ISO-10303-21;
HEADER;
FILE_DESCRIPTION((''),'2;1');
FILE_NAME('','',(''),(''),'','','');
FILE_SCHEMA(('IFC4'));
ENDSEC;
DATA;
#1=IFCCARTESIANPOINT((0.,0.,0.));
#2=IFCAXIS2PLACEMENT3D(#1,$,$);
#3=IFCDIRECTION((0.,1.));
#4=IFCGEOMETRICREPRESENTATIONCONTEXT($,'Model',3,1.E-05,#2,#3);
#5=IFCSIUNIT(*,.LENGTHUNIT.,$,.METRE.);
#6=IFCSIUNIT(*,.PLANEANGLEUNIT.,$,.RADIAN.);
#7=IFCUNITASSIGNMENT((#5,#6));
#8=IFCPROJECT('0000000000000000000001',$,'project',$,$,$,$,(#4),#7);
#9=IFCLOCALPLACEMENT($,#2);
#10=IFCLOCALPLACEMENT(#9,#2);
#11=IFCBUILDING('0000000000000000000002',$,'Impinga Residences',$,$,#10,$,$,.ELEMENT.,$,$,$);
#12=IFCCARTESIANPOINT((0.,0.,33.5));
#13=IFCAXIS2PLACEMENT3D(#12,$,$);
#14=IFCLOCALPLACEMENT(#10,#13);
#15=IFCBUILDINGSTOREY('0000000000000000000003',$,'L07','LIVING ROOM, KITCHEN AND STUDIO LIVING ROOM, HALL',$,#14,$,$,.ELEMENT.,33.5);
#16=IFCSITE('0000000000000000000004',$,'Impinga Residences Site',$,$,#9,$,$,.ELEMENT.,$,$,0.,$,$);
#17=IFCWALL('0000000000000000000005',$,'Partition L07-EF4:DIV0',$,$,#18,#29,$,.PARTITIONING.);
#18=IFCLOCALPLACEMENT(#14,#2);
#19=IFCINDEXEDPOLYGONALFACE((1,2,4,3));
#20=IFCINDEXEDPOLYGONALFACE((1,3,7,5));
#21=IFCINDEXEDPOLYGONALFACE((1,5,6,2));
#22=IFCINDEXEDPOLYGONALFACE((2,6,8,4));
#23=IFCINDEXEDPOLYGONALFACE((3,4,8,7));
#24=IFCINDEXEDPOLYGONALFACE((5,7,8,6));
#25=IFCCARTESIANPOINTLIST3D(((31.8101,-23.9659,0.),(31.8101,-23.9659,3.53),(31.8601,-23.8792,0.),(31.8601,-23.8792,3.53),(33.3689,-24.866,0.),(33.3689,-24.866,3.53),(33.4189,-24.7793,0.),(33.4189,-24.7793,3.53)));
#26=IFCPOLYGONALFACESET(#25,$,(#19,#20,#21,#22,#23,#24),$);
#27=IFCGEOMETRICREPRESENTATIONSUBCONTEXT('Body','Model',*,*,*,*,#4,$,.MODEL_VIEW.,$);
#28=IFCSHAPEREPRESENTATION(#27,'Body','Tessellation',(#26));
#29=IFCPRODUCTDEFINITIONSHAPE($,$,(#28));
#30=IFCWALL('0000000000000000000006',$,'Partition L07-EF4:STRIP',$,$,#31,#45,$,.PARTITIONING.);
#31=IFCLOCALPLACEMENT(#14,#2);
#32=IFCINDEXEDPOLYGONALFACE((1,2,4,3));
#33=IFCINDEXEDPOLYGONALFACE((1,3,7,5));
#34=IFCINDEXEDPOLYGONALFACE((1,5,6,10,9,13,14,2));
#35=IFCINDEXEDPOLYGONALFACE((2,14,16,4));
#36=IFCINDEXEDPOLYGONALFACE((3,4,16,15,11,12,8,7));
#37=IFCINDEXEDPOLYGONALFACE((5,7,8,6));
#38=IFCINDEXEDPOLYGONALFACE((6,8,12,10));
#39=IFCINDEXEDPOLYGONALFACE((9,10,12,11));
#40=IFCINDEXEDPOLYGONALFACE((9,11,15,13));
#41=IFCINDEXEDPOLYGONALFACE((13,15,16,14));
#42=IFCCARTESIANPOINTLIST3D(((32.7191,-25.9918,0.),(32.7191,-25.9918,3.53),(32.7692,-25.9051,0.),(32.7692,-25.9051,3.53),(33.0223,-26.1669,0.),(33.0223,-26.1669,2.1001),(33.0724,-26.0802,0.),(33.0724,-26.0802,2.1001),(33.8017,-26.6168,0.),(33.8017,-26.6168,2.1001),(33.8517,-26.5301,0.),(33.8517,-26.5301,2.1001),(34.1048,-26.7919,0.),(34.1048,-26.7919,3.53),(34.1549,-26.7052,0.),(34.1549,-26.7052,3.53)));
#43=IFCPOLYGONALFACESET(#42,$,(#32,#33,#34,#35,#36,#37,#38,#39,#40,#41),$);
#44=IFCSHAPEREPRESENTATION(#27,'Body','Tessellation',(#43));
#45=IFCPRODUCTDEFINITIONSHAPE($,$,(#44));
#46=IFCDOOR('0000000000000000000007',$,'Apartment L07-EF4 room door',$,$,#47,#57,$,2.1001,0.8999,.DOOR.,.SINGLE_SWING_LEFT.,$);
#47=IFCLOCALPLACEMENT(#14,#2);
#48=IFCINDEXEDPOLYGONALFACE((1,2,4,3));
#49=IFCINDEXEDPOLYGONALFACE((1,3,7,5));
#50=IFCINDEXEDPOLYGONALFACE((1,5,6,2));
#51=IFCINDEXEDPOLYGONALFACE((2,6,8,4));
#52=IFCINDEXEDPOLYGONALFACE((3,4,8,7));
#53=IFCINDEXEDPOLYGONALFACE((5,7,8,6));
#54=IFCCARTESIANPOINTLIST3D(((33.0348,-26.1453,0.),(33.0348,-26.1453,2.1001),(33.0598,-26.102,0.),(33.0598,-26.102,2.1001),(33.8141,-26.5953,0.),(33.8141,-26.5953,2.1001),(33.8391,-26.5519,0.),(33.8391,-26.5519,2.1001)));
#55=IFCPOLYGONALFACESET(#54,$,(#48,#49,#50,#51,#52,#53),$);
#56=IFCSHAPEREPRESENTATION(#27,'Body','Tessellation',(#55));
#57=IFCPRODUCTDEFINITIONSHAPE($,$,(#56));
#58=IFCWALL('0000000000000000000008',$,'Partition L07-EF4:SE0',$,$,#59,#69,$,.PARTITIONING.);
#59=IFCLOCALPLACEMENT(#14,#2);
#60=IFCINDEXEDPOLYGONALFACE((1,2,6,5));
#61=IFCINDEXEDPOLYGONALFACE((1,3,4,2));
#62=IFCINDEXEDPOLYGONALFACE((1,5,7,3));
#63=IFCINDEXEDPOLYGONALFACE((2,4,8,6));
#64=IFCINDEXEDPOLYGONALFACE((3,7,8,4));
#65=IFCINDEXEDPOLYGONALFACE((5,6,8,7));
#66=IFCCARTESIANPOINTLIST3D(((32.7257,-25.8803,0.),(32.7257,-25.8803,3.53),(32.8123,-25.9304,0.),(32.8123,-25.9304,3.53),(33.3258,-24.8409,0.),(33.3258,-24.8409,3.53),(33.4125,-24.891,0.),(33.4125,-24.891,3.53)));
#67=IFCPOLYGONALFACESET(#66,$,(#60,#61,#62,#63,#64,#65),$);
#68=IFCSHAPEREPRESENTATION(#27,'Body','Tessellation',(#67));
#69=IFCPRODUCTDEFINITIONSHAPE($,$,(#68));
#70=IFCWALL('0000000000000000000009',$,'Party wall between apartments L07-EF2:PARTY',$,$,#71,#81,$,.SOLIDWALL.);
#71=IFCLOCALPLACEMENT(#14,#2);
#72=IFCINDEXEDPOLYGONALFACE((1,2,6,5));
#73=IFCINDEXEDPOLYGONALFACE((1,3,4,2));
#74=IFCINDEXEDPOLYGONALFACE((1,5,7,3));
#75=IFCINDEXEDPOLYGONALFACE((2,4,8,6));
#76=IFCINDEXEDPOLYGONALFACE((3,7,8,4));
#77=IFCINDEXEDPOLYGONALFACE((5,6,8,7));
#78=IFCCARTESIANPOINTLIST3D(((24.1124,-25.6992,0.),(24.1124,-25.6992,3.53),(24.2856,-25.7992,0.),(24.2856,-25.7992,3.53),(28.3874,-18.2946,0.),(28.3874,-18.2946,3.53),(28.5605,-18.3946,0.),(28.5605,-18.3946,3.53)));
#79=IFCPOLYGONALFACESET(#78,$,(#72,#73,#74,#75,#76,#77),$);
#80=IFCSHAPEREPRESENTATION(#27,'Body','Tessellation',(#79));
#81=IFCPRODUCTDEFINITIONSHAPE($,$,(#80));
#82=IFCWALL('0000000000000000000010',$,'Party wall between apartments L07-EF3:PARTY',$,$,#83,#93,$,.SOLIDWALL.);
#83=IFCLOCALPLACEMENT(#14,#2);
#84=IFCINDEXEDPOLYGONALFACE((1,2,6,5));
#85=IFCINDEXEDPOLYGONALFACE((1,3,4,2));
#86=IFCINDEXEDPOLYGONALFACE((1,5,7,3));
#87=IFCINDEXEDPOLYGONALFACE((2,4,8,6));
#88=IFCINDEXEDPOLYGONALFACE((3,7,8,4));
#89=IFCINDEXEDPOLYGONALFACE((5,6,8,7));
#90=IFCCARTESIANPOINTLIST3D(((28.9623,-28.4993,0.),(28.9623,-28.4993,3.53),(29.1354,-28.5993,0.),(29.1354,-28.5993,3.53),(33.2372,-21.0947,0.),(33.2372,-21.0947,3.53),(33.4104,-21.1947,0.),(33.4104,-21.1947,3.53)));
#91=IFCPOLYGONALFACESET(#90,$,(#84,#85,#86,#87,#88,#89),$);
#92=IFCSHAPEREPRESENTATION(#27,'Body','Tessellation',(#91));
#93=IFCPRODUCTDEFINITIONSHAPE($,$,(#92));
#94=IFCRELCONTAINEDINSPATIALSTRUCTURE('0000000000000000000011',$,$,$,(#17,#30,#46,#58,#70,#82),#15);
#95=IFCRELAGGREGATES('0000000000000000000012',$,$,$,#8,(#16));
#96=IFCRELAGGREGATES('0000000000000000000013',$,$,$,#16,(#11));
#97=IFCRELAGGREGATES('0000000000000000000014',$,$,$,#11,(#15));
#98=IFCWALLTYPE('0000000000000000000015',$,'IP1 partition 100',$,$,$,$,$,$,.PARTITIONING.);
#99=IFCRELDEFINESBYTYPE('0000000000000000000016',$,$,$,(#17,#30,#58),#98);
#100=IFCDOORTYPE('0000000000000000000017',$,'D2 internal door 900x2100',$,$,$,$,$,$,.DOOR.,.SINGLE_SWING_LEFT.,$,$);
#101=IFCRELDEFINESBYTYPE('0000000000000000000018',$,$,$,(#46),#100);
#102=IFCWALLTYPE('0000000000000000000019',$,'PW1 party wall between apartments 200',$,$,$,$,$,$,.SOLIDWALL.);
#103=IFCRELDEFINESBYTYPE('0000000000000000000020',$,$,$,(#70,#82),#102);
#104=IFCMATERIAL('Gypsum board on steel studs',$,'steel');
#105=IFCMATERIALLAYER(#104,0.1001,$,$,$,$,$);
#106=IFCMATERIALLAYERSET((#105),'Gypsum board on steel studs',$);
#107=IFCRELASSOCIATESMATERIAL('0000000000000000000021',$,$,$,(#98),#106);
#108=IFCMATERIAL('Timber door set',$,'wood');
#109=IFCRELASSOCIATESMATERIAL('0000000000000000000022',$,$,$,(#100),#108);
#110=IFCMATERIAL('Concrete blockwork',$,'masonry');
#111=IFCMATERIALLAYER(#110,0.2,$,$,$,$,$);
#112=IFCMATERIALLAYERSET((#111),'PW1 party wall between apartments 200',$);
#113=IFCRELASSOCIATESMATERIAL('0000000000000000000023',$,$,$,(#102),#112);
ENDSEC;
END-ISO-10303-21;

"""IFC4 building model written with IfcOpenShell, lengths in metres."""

from ifc_helpers import new_model, si_unit, direction, frame, frame_2d, origin, place, context, subcontext, project, spatial, rectangle, extrude, material, layer, layer_set, type_object, element, fill, save


model = new_model("IFC4")

# Units and contexts
model_context = context("Model", 3, precision=1e-05, world=origin(), true_north=direction((0.0, 1.0)))
body_context = subcontext(model_context, "Body", "Model", "MODEL_VIEW")
ifc_project = project(units=[si_unit("LENGTHUNIT", "METRE"), si_unit("PLANEANGLEUNIT", "RADIAN")], contexts=[model_context])

# Site, building, storey
site_placement = place(None, origin())
site = spatial("IfcSite", under=ifc_project, at=site_placement, Name="Impinga Residences Site", CompositionType="ELEMENT", RefElevation=0.0)
building_placement = place(site_placement, origin())
building = spatial("IfcBuilding", under=site, at=building_placement, Name="Impinga Residences", CompositionType="ELEMENT")
storey_placement = place(building_placement, frame((0.0, 0.0, 33.5)))
storey = spatial("IfcBuildingStorey", under=building, at=storey_placement, Name="L07", Description="LIVING ROOM, KITCHEN AND STUDIO LIVING ROOM, HALL", CompositionType="ELEMENT", Elevation=33.5)

# Shared definitions
ifc_material_1 = material(Name="Gypsum board on steel studs", Category="steel")
ifc_layer_1 = layer(ifc_material_1, 0.1001)
ifc_layer_set_1 = layer_set([ifc_layer_1], Name="Gypsum board on steel studs")
wall_type_1 = type_object("IfcWallType", Name="IP1 partition 100", PredefinedType="PARTITIONING", material=ifc_layer_set_1)

# Shared definitions
ifc_material_2 = material(Name="Timber door set", Category="wood")
door_type = type_object("IfcDoorType", Name="D2 internal door 900x2100", OperationType="SINGLE_SWING_LEFT", PredefinedType="DOOR", material=ifc_material_2)

# Wall
wall_1_placement = place(storey_placement, frame((31.8352, -23.9226, 0.0), z_axis=(0.0, 0.0, 1.0), x_axis=(0.865989, -0.500063, 0.0)))
element("IfcWall", 1, at=wall_1_placement, inside=storey, type_object=wall_type_1, Name="Partition L07-EF4:DIV0", PredefinedType="PARTITIONING", context=body_context, shape_type="SweptSolid", body=[
    extrude(rectangle(XDim=1.8, YDim=0.1001, at=frame_2d((0.8999, 0.0))), origin(), (0.0, 0.0, 1.0), 3.53),
])

# Wall, opening, door
wall_2_placement = place(storey_placement, frame((32.7441, -25.9485, 0.0), z_axis=(0.0, 0.0, 1.0), x_axis=(0.866028, -0.499995, 0.0)))
wall_2 = element("IfcWall", 2, at=wall_2_placement, inside=storey, type_object=wall_type_1, Name="Partition L07-EF4:STRIP", PredefinedType="PARTITIONING", context=body_context, shape_type="SweptSolid", body=[
    extrude(rectangle(XDim=1.6001, YDim=0.1001, at=frame_2d((0.8, 0.0))), origin(), (0.0, 0.0, 1.0), 3.53),
])
opening_1_placement = place(wall_2_placement, frame((0.3501, 0.0, 0.0)))
opening_1 = element("IfcOpeningElement", 3, at=opening_1_placement, cuts=wall_2, PredefinedType="OPENING", context=body_context, shape_type="SweptSolid", body=[
    extrude(rectangle(XDim=0.8999, YDim=2.1001, at=frame_2d((0.45, 1.05))), frame((0.0, 0.0601, 0.0), z_axis=(0.0, -1.0, 0.0), x_axis=(1.0, 0.0, 0.0)), (0.0, 0.0, 1.0), 0.1201),
])
door_1_placement = place(opening_1_placement, origin())
door_1 = element("IfcDoor", 4, at=door_1_placement, inside=storey, type_object=door_type, Name="Apartment L07-EF4 room door", OperationType="SINGLE_SWING_LEFT", OverallHeight=2.1001, OverallWidth=0.8999, PredefinedType="DOOR", context=body_context, shape_type="SweptSolid", body=[
    extrude(rectangle(XDim=0.8999, YDim=2.1001, at=frame_2d((0.45, 1.05))), frame((0.0, 0.0249, 0.0), z_axis=(0.0, -1.0, 0.0), x_axis=(1.0, 0.0, 0.0)), (0.0, 0.0, 1.0), 0.05),
])
fill(opening_1, door_1)

# Walls
wall_3_placement = place(storey_placement, frame((33.3691, -24.866, 0.0), z_axis=(0.0, 0.0, 1.0), x_axis=(-0.500034, -0.866006, 0.0)))
element("IfcWall", 5, at=wall_3_placement, inside=storey, type_object=wall_type_1, Name="Partition L07-EF4:SE0", PredefinedType="PARTITIONING", context=body_context, shape_type="SweptSolid", body=[
    extrude(rectangle(XDim=1.2002, YDim=0.1001, at=frame_2d((0.6001, 0.0))), origin(), (0.0, 0.0, 1.0), 3.53),
])
ifc_material_3 = material(Name="Concrete blockwork", Category="masonry")
ifc_layer_2 = layer(ifc_material_3, 0.2)
ifc_layer_set_2 = layer_set([ifc_layer_2], Name="PW1 party wall between apartments 200")
wall_type_2 = type_object("IfcWallType", Name="PW1 party wall between apartments 200", PredefinedType="SOLIDWALL", material=ifc_layer_set_2)
for number, where, z_axis, x_axis, name in (
    (6, (28.4739, -18.3447, 0.0), (0.0, 0.0, 1.0), (-0.49999, -0.866031, 0.0), "Party wall between apartments L07-EF2:PARTY"),
    (7, (33.3237, -21.1448, 0.0), (0.0, 0.0, 1.0), (-0.49999, -0.866031, 0.0), "Party wall between apartments L07-EF3:PARTY"),
):
    element("IfcWall", number, at=place(storey_placement, frame(where, z_axis=z_axis, x_axis=x_axis)), inside=storey, type_object=wall_type_2, Name=name, PredefinedType="SOLIDWALL", context=body_context, shape_type="SweptSolid", body=[
        extrude(rectangle(XDim=8.55, YDim=0.2, at=frame_2d((4.2749, 0.0))), origin(), (0.0, 0.0, 1.0), 3.53),
    ])

save(model, "model.ifc")
